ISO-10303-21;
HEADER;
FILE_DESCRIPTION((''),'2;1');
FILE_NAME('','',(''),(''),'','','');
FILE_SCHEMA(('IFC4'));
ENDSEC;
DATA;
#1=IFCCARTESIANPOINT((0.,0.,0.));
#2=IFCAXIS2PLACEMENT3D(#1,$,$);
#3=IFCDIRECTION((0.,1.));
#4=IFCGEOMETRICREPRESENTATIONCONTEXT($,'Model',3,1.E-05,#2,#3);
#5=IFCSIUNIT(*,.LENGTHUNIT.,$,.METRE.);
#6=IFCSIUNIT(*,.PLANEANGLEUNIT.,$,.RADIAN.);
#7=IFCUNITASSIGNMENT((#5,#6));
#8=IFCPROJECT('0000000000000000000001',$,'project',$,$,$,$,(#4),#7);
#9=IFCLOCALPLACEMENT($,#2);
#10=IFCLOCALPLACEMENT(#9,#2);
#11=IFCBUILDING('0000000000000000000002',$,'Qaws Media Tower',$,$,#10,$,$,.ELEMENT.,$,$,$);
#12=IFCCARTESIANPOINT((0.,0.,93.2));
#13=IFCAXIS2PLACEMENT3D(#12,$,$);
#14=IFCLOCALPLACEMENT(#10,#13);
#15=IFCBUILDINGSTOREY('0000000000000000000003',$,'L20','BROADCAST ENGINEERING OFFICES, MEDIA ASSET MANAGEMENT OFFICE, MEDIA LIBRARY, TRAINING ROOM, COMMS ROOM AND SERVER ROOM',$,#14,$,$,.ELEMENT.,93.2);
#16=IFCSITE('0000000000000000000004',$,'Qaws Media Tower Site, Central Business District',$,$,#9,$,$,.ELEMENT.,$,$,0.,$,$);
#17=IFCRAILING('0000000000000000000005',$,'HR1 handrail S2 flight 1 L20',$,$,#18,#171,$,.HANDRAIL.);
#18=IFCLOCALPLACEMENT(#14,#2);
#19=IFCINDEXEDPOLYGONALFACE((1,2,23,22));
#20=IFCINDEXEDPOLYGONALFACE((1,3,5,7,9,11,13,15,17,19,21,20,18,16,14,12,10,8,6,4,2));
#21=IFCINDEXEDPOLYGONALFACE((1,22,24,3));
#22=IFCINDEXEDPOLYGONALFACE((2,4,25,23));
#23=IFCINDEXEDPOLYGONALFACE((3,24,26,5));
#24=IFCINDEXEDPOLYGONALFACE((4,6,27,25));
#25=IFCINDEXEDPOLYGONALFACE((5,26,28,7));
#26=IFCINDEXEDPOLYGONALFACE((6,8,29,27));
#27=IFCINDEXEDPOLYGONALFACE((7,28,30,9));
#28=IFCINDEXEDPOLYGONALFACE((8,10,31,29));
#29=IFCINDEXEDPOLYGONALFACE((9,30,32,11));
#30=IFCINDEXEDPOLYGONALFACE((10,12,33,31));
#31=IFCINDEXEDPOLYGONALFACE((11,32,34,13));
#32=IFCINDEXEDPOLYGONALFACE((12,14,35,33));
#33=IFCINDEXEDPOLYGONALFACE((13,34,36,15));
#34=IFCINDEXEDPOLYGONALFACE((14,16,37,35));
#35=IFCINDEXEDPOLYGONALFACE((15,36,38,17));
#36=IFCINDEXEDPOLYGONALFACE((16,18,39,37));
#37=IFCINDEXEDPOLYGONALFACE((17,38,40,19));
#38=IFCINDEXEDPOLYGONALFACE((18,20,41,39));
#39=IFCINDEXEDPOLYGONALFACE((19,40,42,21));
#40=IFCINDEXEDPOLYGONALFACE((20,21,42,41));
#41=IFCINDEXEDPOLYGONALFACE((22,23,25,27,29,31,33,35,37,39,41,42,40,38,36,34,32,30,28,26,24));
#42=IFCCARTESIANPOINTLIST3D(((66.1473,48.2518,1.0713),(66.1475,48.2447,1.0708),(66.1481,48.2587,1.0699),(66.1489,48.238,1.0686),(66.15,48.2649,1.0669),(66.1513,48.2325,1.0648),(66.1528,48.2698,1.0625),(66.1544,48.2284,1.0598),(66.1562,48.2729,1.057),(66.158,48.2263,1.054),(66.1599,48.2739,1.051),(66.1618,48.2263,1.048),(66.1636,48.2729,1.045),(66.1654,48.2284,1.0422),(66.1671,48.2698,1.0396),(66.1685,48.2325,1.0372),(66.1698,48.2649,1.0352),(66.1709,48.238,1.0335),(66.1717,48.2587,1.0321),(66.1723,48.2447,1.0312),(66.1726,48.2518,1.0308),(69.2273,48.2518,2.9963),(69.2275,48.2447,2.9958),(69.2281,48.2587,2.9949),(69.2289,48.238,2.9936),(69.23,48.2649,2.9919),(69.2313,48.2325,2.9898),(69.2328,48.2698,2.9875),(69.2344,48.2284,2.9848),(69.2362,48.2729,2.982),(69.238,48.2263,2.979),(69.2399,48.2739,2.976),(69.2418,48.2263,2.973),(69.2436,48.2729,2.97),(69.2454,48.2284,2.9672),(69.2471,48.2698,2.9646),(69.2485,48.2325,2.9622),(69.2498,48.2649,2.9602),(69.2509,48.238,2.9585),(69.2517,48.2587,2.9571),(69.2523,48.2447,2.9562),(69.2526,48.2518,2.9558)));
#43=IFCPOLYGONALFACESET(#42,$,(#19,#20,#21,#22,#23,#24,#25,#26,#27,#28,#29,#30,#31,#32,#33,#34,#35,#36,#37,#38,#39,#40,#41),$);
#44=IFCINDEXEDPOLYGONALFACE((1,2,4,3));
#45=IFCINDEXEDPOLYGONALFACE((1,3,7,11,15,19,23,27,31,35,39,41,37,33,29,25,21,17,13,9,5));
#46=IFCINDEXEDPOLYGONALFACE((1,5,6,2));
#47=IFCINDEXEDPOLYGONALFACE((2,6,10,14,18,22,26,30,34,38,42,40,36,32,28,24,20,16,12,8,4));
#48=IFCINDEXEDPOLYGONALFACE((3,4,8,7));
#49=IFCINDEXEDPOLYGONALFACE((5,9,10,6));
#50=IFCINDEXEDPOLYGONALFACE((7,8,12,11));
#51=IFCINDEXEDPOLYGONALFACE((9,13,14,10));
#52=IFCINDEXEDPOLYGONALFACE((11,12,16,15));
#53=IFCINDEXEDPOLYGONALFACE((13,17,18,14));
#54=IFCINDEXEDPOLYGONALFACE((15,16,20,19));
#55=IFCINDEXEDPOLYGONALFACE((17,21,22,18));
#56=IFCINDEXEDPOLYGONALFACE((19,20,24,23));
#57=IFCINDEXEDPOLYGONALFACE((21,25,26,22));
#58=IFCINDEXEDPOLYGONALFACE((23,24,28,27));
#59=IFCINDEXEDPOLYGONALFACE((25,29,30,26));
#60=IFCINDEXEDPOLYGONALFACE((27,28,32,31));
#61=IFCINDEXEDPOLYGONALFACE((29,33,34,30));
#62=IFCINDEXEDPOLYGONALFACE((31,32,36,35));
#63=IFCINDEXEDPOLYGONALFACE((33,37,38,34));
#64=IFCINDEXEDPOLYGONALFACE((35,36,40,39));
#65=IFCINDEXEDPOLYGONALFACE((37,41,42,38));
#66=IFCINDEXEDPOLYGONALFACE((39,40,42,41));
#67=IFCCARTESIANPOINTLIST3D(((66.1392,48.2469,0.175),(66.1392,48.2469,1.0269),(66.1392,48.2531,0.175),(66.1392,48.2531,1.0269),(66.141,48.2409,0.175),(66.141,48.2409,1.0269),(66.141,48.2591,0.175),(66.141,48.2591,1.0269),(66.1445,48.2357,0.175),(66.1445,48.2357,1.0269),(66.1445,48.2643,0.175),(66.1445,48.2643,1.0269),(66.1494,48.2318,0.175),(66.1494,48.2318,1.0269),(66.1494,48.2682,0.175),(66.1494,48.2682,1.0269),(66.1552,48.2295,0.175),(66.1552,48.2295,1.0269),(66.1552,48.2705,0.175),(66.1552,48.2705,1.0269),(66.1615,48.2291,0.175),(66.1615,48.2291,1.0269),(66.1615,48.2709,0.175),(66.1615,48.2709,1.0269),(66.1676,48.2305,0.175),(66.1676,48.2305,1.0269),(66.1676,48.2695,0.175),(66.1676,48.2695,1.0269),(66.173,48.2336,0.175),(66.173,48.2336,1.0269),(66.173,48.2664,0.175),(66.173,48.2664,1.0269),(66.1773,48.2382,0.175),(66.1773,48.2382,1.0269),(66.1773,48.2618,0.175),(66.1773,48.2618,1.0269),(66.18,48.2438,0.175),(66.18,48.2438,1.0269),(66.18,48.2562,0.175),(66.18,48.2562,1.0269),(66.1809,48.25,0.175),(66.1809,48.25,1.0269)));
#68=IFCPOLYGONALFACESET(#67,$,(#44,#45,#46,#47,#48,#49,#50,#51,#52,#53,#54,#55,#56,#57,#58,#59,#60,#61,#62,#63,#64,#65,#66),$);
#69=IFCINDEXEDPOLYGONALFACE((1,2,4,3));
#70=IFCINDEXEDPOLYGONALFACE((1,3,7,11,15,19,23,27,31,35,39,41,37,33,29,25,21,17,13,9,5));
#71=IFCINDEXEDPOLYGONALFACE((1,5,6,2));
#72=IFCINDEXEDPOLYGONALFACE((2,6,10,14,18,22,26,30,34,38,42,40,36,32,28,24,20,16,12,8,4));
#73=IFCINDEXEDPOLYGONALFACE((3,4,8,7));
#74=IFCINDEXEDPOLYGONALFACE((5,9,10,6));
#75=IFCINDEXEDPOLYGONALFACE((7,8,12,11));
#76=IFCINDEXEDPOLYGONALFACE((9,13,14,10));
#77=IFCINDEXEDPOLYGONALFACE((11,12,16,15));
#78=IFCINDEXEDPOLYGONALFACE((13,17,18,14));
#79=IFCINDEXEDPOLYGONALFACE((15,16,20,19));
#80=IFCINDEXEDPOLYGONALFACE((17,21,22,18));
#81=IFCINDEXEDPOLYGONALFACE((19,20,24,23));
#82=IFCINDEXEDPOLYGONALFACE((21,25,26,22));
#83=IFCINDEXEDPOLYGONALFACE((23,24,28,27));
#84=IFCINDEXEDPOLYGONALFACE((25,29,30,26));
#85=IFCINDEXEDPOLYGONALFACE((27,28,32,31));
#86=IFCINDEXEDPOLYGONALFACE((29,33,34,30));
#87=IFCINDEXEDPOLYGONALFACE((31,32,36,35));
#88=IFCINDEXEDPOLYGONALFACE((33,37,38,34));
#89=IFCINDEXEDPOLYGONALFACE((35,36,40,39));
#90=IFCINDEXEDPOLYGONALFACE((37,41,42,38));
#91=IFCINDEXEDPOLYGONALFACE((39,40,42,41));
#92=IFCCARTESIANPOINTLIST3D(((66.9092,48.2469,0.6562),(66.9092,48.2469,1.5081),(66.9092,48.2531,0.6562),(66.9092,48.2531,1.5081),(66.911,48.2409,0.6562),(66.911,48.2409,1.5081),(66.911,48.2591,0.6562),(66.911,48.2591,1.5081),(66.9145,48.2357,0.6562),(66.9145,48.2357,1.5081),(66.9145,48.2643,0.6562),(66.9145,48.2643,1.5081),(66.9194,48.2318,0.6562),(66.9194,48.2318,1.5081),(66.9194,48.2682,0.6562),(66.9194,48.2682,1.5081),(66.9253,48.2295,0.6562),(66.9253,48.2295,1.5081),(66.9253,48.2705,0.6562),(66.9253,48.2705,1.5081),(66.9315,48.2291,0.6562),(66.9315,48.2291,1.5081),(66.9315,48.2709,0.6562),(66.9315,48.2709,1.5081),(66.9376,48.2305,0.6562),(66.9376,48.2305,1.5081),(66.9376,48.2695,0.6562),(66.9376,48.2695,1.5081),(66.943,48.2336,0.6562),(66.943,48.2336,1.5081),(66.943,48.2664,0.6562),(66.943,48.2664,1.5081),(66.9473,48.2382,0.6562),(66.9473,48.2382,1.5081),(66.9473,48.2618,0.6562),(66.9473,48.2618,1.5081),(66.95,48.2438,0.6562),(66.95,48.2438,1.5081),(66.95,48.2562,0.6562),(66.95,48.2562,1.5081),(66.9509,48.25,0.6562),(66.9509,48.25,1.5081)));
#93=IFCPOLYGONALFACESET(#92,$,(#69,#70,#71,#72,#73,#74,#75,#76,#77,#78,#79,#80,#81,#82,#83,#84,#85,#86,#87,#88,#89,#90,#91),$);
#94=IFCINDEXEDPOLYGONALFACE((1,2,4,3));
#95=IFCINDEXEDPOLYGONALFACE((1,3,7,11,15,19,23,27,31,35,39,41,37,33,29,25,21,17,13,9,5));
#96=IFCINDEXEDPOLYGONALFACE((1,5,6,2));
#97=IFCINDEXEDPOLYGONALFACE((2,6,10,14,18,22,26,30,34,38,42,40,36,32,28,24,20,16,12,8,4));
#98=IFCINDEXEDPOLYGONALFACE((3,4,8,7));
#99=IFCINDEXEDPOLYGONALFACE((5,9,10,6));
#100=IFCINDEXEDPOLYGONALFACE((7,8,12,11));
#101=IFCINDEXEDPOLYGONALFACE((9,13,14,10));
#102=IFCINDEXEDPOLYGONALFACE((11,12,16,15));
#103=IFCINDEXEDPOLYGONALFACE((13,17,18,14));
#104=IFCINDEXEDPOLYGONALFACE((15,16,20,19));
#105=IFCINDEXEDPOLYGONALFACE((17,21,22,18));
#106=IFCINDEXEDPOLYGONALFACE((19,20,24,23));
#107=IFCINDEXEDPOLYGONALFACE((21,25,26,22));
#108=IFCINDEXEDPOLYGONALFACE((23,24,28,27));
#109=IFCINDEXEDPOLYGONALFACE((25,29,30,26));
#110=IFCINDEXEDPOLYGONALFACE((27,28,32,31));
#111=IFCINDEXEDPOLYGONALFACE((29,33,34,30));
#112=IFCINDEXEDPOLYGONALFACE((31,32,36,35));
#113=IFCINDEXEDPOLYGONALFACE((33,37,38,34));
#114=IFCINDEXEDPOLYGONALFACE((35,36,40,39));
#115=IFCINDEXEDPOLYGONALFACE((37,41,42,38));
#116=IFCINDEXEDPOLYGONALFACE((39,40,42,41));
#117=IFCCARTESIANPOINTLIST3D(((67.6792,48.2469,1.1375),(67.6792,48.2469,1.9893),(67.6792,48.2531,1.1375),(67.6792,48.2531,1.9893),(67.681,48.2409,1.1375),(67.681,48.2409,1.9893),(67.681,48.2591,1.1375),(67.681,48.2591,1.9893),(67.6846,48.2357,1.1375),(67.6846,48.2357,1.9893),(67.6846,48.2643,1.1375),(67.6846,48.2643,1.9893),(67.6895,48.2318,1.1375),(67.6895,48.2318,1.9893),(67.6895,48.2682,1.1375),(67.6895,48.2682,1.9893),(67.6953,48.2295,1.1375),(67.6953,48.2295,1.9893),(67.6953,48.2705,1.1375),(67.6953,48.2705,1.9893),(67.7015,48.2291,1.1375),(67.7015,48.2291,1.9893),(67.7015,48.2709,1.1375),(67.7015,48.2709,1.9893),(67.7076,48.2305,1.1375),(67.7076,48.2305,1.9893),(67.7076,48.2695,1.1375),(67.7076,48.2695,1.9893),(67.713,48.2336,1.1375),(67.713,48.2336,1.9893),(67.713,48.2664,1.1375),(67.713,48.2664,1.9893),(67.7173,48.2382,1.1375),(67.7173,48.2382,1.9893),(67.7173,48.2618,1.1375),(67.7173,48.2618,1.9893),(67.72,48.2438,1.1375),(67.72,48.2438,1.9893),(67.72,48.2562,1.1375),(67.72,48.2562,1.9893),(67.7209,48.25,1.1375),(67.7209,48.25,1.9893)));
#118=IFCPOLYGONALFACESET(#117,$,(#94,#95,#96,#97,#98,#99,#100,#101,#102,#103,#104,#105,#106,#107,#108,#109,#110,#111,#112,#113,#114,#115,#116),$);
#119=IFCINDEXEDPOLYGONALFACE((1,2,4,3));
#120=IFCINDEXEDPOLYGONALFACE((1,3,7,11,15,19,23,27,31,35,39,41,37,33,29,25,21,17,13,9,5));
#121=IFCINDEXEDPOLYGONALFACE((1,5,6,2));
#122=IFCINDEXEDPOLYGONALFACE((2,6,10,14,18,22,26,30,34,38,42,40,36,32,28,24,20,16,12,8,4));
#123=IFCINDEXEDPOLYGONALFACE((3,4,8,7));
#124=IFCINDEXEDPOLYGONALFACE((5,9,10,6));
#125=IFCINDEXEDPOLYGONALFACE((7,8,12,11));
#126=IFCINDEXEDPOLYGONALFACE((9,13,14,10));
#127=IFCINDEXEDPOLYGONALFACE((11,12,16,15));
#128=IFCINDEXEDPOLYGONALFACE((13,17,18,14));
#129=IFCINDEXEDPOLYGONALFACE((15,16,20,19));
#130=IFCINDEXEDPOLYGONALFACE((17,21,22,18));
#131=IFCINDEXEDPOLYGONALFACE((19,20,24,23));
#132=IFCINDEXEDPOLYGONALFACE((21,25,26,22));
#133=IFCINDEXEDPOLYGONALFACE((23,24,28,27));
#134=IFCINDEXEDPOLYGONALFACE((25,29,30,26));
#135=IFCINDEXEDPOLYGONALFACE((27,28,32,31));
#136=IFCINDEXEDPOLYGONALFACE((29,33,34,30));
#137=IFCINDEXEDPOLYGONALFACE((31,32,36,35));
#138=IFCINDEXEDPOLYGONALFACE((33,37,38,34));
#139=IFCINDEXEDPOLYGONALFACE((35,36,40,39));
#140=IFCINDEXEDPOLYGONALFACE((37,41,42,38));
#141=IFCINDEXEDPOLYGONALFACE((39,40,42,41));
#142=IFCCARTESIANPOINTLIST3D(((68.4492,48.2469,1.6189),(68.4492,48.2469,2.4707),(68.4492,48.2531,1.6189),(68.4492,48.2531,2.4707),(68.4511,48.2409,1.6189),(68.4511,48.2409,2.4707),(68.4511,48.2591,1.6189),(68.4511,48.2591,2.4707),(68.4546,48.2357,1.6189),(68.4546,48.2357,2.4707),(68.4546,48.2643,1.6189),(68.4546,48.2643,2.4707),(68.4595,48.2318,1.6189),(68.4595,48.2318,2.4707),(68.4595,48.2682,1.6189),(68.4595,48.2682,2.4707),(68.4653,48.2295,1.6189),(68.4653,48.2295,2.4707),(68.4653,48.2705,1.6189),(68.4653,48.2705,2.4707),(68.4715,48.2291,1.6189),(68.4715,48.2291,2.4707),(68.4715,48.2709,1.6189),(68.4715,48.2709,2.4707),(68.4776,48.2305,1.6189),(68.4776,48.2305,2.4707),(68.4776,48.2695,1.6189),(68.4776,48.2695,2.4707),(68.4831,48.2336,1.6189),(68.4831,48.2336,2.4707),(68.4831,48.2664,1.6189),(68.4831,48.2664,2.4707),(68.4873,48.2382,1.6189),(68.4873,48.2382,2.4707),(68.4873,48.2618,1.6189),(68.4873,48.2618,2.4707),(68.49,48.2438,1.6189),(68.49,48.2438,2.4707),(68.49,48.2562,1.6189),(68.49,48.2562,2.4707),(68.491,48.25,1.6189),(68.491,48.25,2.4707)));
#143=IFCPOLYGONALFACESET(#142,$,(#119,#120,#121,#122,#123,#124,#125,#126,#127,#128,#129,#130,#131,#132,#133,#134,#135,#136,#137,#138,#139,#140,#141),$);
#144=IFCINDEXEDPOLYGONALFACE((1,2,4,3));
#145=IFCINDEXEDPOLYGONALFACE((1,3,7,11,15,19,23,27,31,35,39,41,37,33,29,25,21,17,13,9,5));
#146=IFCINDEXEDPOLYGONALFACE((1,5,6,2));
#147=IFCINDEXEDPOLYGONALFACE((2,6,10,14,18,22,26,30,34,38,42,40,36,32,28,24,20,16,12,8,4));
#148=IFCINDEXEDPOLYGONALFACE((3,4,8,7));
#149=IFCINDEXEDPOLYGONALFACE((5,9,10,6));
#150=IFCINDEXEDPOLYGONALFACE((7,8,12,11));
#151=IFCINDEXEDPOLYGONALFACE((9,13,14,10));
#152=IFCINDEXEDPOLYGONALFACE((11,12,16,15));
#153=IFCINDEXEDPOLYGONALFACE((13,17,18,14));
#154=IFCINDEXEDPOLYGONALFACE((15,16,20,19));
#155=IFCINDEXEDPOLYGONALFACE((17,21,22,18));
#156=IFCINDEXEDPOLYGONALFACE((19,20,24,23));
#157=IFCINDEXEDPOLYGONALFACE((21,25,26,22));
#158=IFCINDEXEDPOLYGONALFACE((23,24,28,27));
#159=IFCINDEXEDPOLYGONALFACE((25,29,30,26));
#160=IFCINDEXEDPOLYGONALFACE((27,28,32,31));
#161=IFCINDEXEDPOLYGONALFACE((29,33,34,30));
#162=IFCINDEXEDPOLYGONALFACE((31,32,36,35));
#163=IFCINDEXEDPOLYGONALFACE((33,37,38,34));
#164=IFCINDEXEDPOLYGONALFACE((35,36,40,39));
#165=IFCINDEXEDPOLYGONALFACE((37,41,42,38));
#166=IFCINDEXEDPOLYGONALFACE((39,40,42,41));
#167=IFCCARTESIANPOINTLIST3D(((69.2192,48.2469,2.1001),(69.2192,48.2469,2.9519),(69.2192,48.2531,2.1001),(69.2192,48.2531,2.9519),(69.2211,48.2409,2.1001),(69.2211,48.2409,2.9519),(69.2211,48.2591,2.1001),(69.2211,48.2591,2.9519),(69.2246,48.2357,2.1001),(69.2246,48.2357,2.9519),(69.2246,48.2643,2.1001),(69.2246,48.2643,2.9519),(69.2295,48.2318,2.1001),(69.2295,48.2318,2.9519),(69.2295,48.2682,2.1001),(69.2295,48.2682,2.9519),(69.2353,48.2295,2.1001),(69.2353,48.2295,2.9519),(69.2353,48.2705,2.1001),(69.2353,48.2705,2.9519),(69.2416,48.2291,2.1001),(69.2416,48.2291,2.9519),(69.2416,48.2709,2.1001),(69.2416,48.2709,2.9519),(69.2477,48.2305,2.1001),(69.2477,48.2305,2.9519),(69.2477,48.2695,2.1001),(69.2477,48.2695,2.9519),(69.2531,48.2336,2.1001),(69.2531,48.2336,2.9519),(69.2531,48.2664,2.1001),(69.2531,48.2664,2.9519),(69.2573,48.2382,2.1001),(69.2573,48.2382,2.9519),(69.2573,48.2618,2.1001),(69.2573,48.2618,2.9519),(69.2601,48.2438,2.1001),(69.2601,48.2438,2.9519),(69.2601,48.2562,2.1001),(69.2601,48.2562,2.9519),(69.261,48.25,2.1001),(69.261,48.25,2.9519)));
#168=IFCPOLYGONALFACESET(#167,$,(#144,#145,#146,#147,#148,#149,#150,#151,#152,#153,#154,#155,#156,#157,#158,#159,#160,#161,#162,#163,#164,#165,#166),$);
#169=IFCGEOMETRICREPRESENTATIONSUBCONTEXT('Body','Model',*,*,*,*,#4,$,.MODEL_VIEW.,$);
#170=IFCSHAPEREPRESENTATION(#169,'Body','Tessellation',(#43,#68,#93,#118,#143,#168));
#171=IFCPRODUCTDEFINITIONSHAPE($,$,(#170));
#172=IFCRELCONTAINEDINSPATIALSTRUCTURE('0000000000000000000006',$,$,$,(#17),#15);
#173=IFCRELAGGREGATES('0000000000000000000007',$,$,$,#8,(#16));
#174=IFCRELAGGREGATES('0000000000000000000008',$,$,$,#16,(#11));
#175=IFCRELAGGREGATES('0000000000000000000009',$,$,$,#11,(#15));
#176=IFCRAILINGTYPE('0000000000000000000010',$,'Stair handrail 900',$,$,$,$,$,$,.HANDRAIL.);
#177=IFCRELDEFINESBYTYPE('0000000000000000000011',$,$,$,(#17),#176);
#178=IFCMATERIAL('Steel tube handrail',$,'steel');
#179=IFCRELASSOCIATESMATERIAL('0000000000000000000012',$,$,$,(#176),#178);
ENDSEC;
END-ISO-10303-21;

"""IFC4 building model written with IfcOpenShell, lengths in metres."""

from ifc_helpers import new_model, si_unit, direction, frame, origin, origin_2d, place, context, subcontext, project, spatial, circle, extrude, material, type_object, element, save


model = new_model("IFC4")

# Units and contexts
model_context = context("Model", 3, precision=1e-05, world=origin(), true_north=direction((0.0, 1.0)))
body_context = subcontext(model_context, "Body", "Model", "MODEL_VIEW")
ifc_project = project(units=[si_unit("LENGTHUNIT", "METRE"), si_unit("PLANEANGLEUNIT", "RADIAN")], contexts=[model_context])

# Site, building, storey
site_placement = place(None, origin())
site = spatial("IfcSite", under=ifc_project, at=site_placement, Name="Qaws Media Tower Site, Central Business District", CompositionType="ELEMENT", RefElevation=0.0)
building_placement = place(site_placement, origin())
building = spatial("IfcBuilding", under=site, at=building_placement, Name="Qaws Media Tower", CompositionType="ELEMENT")
storey_placement = place(building_placement, frame((0.0, 0.0, 93.2)))
storey = spatial("IfcBuildingStorey", under=building, at=storey_placement, Name="L20", Description="BROADCAST ENGINEERING OFFICES, MEDIA ASSET MANAGEMENT OFFICE, MEDIA LIBRARY, TRAINING ROOM, COMMS ROOM AND SERVER ROOM", CompositionType="ELEMENT", Elevation=93.2)

# Railing
ifc_material_1 = material(Name="Steel tube handrail", Category="steel")
railing_type = type_object("IfcRailingType", Name="Stair handrail 900", PredefinedType="HANDRAIL", material=ifc_material_1)
for number, where, name in (
    (1, (66.1599, 48.25, 0.175), "HR1 handrail S2 flight 1 L20"),
):
    element("IfcRailing", number, at=place(storey_placement, frame(where)), inside=storey, type_object=railing_type, Name=name, PredefinedType="HANDRAIL", context=body_context, shape_type="SweptSolid", body=[
        extrude(circle(Radius=0.0239, at=origin_2d()), frame((0.0, 0.0, 0.876), z_axis=(0.847998, 0.0, 0.529999), x_axis=(0.0, 1.0, 0.0)), (0.0, 0.0, 1.0), 3.6321),
        extrude(circle(Radius=0.021, at=origin_2d()), origin(), (0.0, 0.0, 1.0), 0.8518),
        extrude(circle(Radius=0.021, at=origin_2d()), frame((0.77, 0.0, 0.4812)), (0.0, 0.0, 1.0), 0.8518),
        extrude(circle(Radius=0.021, at=origin_2d()), frame((1.54, 0.0, 0.9624)), (0.0, 0.0, 1.0), 0.8518),
        extrude(circle(Radius=0.021, at=origin_2d()), frame((2.3101, 0.0, 1.4438)), (0.0, 0.0, 1.0), 0.8518),
        extrude(circle(Radius=0.021, at=origin_2d()), frame((3.0801, 0.0, 1.925)), (0.0, 0.0, 1.0), 0.8518),
    ])

save(model, "model.ifc")
